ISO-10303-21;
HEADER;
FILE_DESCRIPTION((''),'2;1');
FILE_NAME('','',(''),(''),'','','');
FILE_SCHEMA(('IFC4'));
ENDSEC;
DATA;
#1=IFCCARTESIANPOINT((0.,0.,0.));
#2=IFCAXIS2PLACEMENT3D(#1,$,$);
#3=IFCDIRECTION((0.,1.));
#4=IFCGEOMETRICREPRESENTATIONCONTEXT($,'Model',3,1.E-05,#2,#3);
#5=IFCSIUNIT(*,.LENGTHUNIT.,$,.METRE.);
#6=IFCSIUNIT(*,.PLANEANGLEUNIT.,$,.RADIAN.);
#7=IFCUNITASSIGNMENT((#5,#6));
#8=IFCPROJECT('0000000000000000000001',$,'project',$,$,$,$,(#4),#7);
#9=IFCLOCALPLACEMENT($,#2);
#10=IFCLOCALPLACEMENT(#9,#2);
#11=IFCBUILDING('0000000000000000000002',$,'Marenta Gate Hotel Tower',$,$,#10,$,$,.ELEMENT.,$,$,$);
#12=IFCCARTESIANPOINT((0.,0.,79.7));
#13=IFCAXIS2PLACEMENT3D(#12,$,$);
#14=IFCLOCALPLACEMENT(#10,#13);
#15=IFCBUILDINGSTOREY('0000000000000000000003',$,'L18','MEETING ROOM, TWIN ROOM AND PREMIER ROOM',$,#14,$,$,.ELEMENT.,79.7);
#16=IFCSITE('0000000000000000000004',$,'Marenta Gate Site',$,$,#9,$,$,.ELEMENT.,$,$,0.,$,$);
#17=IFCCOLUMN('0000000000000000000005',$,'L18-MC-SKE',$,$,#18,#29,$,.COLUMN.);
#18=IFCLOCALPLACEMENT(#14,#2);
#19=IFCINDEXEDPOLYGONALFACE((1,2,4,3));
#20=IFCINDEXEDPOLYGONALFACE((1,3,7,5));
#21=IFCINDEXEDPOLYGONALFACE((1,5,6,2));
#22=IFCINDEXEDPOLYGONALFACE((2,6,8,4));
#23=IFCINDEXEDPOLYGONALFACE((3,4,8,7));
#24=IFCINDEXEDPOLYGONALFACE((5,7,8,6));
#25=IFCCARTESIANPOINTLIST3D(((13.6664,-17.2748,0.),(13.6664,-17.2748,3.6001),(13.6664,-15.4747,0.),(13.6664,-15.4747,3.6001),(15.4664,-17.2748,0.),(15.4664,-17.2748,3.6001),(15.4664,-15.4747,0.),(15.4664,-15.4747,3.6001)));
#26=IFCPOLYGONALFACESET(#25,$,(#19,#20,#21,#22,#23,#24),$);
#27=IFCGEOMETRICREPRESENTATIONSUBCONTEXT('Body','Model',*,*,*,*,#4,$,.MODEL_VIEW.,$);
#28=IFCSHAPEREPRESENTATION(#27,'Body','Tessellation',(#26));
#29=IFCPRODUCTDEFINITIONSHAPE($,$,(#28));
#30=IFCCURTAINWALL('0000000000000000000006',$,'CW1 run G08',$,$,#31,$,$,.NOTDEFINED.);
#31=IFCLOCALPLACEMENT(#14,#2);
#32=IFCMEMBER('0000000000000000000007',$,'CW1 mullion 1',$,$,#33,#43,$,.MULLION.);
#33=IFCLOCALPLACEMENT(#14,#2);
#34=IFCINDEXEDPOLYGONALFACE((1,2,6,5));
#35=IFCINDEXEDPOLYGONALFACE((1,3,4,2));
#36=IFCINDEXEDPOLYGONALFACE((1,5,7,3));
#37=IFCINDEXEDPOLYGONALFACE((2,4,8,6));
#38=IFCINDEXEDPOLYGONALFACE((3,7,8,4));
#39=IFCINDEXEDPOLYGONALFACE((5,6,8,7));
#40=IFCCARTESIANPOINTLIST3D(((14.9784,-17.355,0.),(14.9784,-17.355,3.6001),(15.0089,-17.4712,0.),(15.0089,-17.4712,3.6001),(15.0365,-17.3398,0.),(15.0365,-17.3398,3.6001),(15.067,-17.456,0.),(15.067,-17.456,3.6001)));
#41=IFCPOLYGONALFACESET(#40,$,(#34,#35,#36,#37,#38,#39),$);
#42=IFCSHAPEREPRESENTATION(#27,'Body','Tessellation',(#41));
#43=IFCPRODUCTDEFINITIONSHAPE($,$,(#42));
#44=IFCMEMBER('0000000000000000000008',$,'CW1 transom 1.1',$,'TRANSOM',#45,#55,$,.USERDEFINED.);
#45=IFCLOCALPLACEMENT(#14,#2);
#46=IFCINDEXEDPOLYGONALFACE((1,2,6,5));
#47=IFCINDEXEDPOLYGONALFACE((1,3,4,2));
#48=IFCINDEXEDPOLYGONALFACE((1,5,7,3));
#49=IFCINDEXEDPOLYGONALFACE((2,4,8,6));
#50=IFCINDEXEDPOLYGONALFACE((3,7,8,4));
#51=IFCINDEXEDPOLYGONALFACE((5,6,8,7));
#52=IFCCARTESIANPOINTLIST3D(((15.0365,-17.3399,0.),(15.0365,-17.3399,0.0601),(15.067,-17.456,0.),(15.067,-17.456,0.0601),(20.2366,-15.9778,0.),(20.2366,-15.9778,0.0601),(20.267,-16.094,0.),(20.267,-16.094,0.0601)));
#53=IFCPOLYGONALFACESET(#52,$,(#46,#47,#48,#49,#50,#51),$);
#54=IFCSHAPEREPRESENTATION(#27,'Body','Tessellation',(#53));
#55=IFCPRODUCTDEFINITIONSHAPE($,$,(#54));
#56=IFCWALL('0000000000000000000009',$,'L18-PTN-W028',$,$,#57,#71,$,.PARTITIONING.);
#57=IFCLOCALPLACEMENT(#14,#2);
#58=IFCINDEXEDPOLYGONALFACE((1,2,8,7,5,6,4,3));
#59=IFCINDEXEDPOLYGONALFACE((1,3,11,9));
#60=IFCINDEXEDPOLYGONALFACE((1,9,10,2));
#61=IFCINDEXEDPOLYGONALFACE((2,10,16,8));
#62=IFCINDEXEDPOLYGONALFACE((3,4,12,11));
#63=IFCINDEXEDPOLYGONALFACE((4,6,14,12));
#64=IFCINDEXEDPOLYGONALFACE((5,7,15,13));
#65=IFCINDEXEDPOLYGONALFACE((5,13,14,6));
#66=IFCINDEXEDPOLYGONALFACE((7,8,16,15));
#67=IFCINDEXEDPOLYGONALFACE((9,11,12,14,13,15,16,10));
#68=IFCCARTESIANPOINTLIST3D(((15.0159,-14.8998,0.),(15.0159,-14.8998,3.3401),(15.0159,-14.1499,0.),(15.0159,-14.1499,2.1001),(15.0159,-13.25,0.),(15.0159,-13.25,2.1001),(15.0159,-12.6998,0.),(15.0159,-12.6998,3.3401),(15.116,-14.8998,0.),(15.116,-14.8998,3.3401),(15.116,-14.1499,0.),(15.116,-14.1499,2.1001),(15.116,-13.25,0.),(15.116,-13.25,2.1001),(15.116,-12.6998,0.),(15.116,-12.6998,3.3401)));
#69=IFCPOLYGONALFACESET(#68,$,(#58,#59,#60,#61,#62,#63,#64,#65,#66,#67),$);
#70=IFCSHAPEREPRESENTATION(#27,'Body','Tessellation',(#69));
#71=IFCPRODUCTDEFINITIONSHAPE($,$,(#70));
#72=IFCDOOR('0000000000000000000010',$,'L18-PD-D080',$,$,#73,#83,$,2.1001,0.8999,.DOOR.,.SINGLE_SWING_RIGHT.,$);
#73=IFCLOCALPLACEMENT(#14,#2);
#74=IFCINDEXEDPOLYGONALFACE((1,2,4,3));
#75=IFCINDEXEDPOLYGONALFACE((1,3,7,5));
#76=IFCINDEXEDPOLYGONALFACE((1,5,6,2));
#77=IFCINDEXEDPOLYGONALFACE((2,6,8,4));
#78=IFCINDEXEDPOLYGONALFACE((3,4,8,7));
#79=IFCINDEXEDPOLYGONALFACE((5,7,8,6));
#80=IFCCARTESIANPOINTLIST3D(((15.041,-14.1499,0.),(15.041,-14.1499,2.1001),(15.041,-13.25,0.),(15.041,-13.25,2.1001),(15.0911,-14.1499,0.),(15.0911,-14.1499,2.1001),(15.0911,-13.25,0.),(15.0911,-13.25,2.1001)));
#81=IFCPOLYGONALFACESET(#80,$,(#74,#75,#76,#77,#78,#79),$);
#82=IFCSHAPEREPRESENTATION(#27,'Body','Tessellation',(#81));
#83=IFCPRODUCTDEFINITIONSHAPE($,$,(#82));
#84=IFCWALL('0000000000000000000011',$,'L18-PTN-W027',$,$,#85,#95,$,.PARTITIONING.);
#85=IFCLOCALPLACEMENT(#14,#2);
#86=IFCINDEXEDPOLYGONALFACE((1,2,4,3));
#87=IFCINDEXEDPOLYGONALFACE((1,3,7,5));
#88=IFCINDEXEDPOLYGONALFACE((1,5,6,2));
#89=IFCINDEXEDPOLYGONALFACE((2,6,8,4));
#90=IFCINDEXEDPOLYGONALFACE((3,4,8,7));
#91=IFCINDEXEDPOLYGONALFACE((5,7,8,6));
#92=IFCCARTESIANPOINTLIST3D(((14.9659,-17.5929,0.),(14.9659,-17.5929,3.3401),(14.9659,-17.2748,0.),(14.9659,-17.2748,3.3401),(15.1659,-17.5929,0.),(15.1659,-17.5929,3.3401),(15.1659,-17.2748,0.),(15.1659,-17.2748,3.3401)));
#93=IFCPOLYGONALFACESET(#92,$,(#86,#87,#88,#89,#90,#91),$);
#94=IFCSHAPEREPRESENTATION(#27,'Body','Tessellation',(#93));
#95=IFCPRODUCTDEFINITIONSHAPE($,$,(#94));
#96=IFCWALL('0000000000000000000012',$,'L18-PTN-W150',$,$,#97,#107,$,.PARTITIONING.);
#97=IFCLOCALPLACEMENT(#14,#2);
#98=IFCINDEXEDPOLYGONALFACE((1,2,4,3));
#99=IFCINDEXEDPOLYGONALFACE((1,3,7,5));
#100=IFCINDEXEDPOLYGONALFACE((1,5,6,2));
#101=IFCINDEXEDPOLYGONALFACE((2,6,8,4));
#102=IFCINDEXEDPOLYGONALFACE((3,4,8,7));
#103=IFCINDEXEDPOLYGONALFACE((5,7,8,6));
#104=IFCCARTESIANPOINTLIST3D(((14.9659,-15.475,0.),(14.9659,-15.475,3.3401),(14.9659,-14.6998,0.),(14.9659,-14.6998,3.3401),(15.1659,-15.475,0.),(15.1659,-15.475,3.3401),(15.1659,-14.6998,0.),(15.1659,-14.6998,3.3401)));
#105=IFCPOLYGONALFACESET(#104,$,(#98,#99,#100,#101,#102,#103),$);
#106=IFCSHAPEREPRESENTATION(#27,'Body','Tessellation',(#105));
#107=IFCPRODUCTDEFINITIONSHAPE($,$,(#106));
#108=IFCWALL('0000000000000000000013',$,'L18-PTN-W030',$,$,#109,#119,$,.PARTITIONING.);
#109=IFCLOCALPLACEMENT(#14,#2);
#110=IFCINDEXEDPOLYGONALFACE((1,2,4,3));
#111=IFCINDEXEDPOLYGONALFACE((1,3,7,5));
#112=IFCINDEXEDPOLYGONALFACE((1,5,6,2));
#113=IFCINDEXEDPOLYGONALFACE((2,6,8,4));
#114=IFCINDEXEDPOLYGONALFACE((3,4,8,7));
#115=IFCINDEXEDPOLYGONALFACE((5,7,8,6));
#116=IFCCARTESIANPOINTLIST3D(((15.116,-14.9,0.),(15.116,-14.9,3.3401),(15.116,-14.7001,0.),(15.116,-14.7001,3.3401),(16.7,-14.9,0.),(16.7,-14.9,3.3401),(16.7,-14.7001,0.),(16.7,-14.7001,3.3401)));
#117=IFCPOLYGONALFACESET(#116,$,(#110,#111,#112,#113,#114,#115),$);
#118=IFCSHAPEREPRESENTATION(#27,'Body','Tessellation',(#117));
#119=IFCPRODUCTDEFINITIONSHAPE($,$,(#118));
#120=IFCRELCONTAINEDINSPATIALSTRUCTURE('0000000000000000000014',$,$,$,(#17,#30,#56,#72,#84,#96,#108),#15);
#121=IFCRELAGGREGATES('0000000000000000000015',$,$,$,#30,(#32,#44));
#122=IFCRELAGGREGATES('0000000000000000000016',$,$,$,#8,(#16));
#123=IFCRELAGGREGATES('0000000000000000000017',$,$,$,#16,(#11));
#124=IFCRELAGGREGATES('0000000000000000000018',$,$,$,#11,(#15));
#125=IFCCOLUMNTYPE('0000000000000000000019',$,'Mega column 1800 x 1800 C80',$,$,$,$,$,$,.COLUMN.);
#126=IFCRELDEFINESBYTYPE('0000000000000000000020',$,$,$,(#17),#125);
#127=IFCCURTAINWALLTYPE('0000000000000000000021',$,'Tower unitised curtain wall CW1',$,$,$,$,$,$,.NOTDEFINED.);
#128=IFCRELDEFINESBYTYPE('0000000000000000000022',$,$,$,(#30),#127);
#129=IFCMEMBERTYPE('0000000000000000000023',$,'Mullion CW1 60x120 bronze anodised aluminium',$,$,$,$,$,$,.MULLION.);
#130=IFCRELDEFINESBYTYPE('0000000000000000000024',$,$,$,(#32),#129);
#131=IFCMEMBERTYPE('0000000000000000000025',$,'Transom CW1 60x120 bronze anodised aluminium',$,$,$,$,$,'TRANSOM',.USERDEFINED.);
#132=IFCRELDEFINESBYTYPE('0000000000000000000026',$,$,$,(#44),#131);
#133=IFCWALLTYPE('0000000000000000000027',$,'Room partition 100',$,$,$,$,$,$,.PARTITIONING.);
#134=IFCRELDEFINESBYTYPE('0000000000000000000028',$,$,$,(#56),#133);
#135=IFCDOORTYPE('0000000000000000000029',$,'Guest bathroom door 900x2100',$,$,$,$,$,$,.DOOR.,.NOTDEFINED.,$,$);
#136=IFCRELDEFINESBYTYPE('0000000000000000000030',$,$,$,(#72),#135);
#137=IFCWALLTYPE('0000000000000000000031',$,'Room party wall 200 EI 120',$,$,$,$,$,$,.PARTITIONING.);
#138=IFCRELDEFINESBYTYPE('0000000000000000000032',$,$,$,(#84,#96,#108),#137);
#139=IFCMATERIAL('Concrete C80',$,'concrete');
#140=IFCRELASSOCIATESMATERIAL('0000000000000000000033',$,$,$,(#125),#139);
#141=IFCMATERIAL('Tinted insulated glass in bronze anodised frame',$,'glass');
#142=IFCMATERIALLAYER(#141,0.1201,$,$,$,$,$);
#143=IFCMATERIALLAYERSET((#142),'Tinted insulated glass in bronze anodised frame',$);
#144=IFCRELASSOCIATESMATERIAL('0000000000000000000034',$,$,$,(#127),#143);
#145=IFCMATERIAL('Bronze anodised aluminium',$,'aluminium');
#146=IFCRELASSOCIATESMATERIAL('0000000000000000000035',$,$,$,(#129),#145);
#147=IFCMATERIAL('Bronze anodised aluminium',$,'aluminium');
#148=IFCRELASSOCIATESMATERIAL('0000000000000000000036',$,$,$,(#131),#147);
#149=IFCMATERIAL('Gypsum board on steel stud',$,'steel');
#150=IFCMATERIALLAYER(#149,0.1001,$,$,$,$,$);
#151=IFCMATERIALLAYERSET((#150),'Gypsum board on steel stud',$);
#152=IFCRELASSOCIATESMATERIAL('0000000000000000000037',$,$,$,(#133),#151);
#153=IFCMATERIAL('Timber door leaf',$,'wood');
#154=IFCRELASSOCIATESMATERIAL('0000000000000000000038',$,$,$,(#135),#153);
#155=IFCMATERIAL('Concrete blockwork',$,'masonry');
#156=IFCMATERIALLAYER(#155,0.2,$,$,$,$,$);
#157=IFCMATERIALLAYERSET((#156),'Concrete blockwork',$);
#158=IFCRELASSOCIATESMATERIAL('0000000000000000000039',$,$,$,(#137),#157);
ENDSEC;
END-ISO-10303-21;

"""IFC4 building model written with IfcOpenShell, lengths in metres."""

from ifc_helpers import new_model, si_unit, direction, frame, frame_2d, origin, origin_2d, place, context, subcontext, project, spatial, rectangle, extrude, material, layer, layer_set, material_profile, profile_set, type_object, element, fill, aggregate, save


model = new_model("IFC4")

# Units and contexts
model_context = context("Model", 3, precision=1e-05, world=origin(), true_north=direction((0.0, 1.0)))
body_context = subcontext(model_context, "Body", "Model", "MODEL_VIEW")
ifc_project = project(units=[si_unit("LENGTHUNIT", "METRE"), si_unit("PLANEANGLEUNIT", "RADIAN")], contexts=[model_context])

# Site, building, storey
site_placement = place(None, origin())
site = spatial("IfcSite", under=ifc_project, at=site_placement, Name="Marenta Gate Site", CompositionType="ELEMENT", RefElevation=0.0)
building_placement = place(site_placement, origin())
building = spatial("IfcBuilding", under=site, at=building_placement, Name="Marenta Gate Hotel Tower", CompositionType="ELEMENT")
storey_placement = place(building_placement, frame((0.0, 0.0, 79.7)))
storey = spatial("IfcBuildingStorey", under=building, at=storey_placement, Name="L18", Description="MEETING ROOM, TWIN ROOM AND PREMIER ROOM", CompositionType="ELEMENT", Elevation=79.7)

# Column
ifc_material_1 = material(Name="Concrete C80", Category="concrete")
ifc_material_profile_1 = material_profile(ifc_material_1, rectangle(XDim=1.8, YDim=1.8, at=origin_2d()), Name="1800 x 1800")
ifc_profile_set_1 = profile_set([ifc_material_profile_1], Name="Concrete C80")
column_type = type_object("IfcColumnType", Name="Mega column 1800 x 1800 C80", PredefinedType="COLUMN", material=ifc_profile_set_1)
column_placement = place(storey_placement, frame((14.5664, -16.3748, 0.0), z_axis=(0.0, 0.0, 1.0), x_axis=(1.0, 0.0, 0.0)))
element("IfcColumn", 1, at=column_placement, inside=storey, type_object=column_type, Name="L18-MC-SKE", PredefinedType="COLUMN", context=body_context, shape_type="SweptSolid", body=[
    extrude(rectangle(XDim=1.8, YDim=1.8, at=origin_2d()), origin(), (0.0, 0.0, 1.0), 3.6001),
])

# Curtain wall, members
ifc_material_2 = material(Name="Tinted insulated glass in bronze anodised frame", Category="glass")
ifc_layer_1 = layer(ifc_material_2, 0.1201)
ifc_layer_set_1 = layer_set([ifc_layer_1], Name="Tinted insulated glass in bronze anodised frame")
curtain_wall_type = type_object("IfcCurtainWallType", Name="Tower unitised curtain wall CW1", PredefinedType="NOTDEFINED", material=ifc_layer_set_1)
curtain_wall_placement = place(storey_placement, origin())
curtain_wall = element("IfcCurtainWall", 2, at=curtain_wall_placement, inside=storey, type_object=curtain_wall_type, Name="CW1 run G08", PredefinedType="NOTDEFINED")
ifc_material_3 = material(Name="Bronze anodised aluminium", Category="aluminium")
ifc_material_profile_2 = material_profile(ifc_material_3, rectangle(XDim=0.1201, YDim=0.0601, at=origin_2d()), Name="Mullion CW1 60x120 bronze anodised aluminium")
ifc_profile_set_2 = profile_set([ifc_material_profile_2], Name="Bronze anodised aluminium")
member_type_1 = type_object("IfcMemberType", Name="Mullion CW1 60x120 bronze anodised aluminium", PredefinedType="MULLION", material=ifc_profile_set_2)
member_1_placement = place(storey_placement, frame((15.0227, -17.4055, 0.0), z_axis=(0.0, 0.0, 1.0), x_axis=(-0.253372, 0.967369, 0.0)))
member_1 = element("IfcMember", 3, at=member_1_placement, type_object=member_type_1, Name="CW1 mullion 1", PredefinedType="MULLION", context=body_context, shape_type="SweptSolid", body=[
    extrude(rectangle(XDim=0.1201, YDim=0.0601, at=origin_2d()), origin(), (0.0, 0.0, 1.0), 3.6001),
])
ifc_material_4 = material(Name="Bronze anodised aluminium", Category="aluminium")
ifc_material_profile_3 = material_profile(ifc_material_4, rectangle(XDim=0.1201, YDim=0.0601, at=origin_2d()), Name="Transom CW1 60x120 bronze anodised aluminium")
ifc_profile_set_3 = profile_set([ifc_material_profile_3], Name="Bronze anodised aluminium")
member_type_2 = type_object("IfcMemberType", Name="Transom CW1 60x120 bronze anodised aluminium", ElementType="TRANSOM", PredefinedType="USERDEFINED", material=ifc_profile_set_3)
member_2_placement = place(storey_placement, frame((15.0518, -17.3979, 0.03), z_axis=(0.967365, 0.253389, 0.0), x_axis=(-0.253389, 0.967365, 0.0)))
member_2 = element("IfcMember", 4, at=member_2_placement, type_object=member_type_2, Name="CW1 transom 1.1", ObjectType="TRANSOM", PredefinedType="USERDEFINED", context=body_context, shape_type="SweptSolid", body=[
    extrude(rectangle(XDim=0.1201, YDim=0.0601, at=origin_2d()), origin(), (0.0, 0.0, 1.0), 5.3755),
])
aggregate(curtain_wall, [member_1, member_2])

# Wall, opening, door
ifc_material_5 = material(Name="Gypsum board on steel stud", Category="steel")
ifc_layer_2 = layer(ifc_material_5, 0.1001)
ifc_layer_set_2 = layer_set([ifc_layer_2], Name="Gypsum board on steel stud")
wall_type_1 = type_object("IfcWallType", Name="Room partition 100", PredefinedType="PARTITIONING", material=ifc_layer_set_2)
wall_1_placement = place(storey_placement, frame((15.0659, -14.8999, 0.0), z_axis=(0.0, 0.0, 1.0), x_axis=(0.0, 1.0, 0.0)))
wall_1 = element("IfcWall", 5, at=wall_1_placement, inside=storey, type_object=wall_type_1, Name="L18-PTN-W028", PredefinedType="PARTITIONING", context=body_context, shape_type="SweptSolid", body=[
    extrude(rectangle(XDim=2.2, YDim=0.1001, at=frame_2d((1.1001, 0.0))), origin(), (0.0, 0.0, 1.0), 3.3401),
])
opening_placement = place(wall_1_placement, frame((0.75, 0.0, 0.0)))
opening = element("IfcOpeningElement", 6, at=opening_placement, cuts=wall_1, PredefinedType="OPENING", context=body_context, shape_type="SweptSolid", body=[
    extrude(rectangle(XDim=0.8999, YDim=2.1001, at=frame_2d((0.45, 1.05))), frame((0.0, 0.05, 0.0), z_axis=(0.0, -1.0, 0.0), x_axis=(1.0, 0.0, 0.0)), (0.0, 0.0, 1.0), 0.1001),
])
ifc_material_6 = material(Name="Timber door leaf", Category="wood")
door_type = type_object("IfcDoorType", Name="Guest bathroom door 900x2100", OperationType="NOTDEFINED", PredefinedType="DOOR", material=ifc_material_6)
door_placement = place(opening_placement, origin())
door = element("IfcDoor", 7, at=door_placement, inside=storey, type_object=door_type, Name="L18-PD-D080", OperationType="SINGLE_SWING_RIGHT", OverallHeight=2.1001, OverallWidth=0.8999, PredefinedType="DOOR", context=body_context, shape_type="SweptSolid", body=[
    extrude(rectangle(XDim=0.8999, YDim=2.1001, at=frame_2d((0.45, 1.05))), frame((0.0, 0.0249, 0.0), z_axis=(0.0, -1.0, 0.0), x_axis=(1.0, 0.0, 0.0)), (0.0, 0.0, 1.0), 0.05),
])
fill(opening, door)

# Walls
ifc_material_7 = material(Name="Concrete blockwork", Category="masonry")
ifc_layer_3 = layer(ifc_material_7, 0.2)
ifc_layer_set_3 = layer_set([ifc_layer_3], Name="Concrete blockwork")
wall_type_2 = type_object("IfcWallType", Name="Room party wall 200 EI 120", PredefinedType="PARTITIONING", material=ifc_layer_set_3)
wall_2_placement = place(storey_placement, frame((15.0659, -17.593, 0.0), z_axis=(0.0, 0.0, 1.0), x_axis=(0.0, 1.0, 0.0)))
element("IfcWall", 8, at=wall_2_placement, inside=storey, type_object=wall_type_2, Name="L18-PTN-W027", PredefinedType="PARTITIONING", context=body_context, shape_type="SweptSolid", body=[
    extrude(rectangle(XDim=0.3181, YDim=0.2, at=frame_2d((0.1592, 0.0))), origin(), (0.0, 0.0, 1.0), 3.3401),
])
wall_3_placement = place(storey_placement, frame((15.0659, -15.4751, 0.0), z_axis=(0.0, 0.0, 1.0), x_axis=(0.0, 1.0, 0.0)))
element("IfcWall", 9, at=wall_3_placement, inside=storey, type_object=wall_type_2, Name="L18-PTN-W150", PredefinedType="PARTITIONING", context=body_context, shape_type="SweptSolid", body=[
    extrude(rectangle(XDim=0.7751, YDim=0.2, at=frame_2d((0.3877, 0.0))), origin(), (0.0, 0.0, 1.0), 3.3401),
])
wall_4_placement = place(storey_placement, frame((15.116, -14.8, 0.0), z_axis=(0.0, 0.0, 1.0), x_axis=(1.0, 0.0, 0.0)))
element("IfcWall", 10, at=wall_4_placement, inside=storey, type_object=wall_type_2, Name="L18-PTN-W030", PredefinedType="PARTITIONING", context=body_context, shape_type="SweptSolid", body=[
    extrude(rectangle(XDim=1.584, YDim=0.2, at=frame_2d((0.792, 0.0))), origin(), (0.0, 0.0, 1.0), 3.3401),
])

save(model, "model.ifc")
